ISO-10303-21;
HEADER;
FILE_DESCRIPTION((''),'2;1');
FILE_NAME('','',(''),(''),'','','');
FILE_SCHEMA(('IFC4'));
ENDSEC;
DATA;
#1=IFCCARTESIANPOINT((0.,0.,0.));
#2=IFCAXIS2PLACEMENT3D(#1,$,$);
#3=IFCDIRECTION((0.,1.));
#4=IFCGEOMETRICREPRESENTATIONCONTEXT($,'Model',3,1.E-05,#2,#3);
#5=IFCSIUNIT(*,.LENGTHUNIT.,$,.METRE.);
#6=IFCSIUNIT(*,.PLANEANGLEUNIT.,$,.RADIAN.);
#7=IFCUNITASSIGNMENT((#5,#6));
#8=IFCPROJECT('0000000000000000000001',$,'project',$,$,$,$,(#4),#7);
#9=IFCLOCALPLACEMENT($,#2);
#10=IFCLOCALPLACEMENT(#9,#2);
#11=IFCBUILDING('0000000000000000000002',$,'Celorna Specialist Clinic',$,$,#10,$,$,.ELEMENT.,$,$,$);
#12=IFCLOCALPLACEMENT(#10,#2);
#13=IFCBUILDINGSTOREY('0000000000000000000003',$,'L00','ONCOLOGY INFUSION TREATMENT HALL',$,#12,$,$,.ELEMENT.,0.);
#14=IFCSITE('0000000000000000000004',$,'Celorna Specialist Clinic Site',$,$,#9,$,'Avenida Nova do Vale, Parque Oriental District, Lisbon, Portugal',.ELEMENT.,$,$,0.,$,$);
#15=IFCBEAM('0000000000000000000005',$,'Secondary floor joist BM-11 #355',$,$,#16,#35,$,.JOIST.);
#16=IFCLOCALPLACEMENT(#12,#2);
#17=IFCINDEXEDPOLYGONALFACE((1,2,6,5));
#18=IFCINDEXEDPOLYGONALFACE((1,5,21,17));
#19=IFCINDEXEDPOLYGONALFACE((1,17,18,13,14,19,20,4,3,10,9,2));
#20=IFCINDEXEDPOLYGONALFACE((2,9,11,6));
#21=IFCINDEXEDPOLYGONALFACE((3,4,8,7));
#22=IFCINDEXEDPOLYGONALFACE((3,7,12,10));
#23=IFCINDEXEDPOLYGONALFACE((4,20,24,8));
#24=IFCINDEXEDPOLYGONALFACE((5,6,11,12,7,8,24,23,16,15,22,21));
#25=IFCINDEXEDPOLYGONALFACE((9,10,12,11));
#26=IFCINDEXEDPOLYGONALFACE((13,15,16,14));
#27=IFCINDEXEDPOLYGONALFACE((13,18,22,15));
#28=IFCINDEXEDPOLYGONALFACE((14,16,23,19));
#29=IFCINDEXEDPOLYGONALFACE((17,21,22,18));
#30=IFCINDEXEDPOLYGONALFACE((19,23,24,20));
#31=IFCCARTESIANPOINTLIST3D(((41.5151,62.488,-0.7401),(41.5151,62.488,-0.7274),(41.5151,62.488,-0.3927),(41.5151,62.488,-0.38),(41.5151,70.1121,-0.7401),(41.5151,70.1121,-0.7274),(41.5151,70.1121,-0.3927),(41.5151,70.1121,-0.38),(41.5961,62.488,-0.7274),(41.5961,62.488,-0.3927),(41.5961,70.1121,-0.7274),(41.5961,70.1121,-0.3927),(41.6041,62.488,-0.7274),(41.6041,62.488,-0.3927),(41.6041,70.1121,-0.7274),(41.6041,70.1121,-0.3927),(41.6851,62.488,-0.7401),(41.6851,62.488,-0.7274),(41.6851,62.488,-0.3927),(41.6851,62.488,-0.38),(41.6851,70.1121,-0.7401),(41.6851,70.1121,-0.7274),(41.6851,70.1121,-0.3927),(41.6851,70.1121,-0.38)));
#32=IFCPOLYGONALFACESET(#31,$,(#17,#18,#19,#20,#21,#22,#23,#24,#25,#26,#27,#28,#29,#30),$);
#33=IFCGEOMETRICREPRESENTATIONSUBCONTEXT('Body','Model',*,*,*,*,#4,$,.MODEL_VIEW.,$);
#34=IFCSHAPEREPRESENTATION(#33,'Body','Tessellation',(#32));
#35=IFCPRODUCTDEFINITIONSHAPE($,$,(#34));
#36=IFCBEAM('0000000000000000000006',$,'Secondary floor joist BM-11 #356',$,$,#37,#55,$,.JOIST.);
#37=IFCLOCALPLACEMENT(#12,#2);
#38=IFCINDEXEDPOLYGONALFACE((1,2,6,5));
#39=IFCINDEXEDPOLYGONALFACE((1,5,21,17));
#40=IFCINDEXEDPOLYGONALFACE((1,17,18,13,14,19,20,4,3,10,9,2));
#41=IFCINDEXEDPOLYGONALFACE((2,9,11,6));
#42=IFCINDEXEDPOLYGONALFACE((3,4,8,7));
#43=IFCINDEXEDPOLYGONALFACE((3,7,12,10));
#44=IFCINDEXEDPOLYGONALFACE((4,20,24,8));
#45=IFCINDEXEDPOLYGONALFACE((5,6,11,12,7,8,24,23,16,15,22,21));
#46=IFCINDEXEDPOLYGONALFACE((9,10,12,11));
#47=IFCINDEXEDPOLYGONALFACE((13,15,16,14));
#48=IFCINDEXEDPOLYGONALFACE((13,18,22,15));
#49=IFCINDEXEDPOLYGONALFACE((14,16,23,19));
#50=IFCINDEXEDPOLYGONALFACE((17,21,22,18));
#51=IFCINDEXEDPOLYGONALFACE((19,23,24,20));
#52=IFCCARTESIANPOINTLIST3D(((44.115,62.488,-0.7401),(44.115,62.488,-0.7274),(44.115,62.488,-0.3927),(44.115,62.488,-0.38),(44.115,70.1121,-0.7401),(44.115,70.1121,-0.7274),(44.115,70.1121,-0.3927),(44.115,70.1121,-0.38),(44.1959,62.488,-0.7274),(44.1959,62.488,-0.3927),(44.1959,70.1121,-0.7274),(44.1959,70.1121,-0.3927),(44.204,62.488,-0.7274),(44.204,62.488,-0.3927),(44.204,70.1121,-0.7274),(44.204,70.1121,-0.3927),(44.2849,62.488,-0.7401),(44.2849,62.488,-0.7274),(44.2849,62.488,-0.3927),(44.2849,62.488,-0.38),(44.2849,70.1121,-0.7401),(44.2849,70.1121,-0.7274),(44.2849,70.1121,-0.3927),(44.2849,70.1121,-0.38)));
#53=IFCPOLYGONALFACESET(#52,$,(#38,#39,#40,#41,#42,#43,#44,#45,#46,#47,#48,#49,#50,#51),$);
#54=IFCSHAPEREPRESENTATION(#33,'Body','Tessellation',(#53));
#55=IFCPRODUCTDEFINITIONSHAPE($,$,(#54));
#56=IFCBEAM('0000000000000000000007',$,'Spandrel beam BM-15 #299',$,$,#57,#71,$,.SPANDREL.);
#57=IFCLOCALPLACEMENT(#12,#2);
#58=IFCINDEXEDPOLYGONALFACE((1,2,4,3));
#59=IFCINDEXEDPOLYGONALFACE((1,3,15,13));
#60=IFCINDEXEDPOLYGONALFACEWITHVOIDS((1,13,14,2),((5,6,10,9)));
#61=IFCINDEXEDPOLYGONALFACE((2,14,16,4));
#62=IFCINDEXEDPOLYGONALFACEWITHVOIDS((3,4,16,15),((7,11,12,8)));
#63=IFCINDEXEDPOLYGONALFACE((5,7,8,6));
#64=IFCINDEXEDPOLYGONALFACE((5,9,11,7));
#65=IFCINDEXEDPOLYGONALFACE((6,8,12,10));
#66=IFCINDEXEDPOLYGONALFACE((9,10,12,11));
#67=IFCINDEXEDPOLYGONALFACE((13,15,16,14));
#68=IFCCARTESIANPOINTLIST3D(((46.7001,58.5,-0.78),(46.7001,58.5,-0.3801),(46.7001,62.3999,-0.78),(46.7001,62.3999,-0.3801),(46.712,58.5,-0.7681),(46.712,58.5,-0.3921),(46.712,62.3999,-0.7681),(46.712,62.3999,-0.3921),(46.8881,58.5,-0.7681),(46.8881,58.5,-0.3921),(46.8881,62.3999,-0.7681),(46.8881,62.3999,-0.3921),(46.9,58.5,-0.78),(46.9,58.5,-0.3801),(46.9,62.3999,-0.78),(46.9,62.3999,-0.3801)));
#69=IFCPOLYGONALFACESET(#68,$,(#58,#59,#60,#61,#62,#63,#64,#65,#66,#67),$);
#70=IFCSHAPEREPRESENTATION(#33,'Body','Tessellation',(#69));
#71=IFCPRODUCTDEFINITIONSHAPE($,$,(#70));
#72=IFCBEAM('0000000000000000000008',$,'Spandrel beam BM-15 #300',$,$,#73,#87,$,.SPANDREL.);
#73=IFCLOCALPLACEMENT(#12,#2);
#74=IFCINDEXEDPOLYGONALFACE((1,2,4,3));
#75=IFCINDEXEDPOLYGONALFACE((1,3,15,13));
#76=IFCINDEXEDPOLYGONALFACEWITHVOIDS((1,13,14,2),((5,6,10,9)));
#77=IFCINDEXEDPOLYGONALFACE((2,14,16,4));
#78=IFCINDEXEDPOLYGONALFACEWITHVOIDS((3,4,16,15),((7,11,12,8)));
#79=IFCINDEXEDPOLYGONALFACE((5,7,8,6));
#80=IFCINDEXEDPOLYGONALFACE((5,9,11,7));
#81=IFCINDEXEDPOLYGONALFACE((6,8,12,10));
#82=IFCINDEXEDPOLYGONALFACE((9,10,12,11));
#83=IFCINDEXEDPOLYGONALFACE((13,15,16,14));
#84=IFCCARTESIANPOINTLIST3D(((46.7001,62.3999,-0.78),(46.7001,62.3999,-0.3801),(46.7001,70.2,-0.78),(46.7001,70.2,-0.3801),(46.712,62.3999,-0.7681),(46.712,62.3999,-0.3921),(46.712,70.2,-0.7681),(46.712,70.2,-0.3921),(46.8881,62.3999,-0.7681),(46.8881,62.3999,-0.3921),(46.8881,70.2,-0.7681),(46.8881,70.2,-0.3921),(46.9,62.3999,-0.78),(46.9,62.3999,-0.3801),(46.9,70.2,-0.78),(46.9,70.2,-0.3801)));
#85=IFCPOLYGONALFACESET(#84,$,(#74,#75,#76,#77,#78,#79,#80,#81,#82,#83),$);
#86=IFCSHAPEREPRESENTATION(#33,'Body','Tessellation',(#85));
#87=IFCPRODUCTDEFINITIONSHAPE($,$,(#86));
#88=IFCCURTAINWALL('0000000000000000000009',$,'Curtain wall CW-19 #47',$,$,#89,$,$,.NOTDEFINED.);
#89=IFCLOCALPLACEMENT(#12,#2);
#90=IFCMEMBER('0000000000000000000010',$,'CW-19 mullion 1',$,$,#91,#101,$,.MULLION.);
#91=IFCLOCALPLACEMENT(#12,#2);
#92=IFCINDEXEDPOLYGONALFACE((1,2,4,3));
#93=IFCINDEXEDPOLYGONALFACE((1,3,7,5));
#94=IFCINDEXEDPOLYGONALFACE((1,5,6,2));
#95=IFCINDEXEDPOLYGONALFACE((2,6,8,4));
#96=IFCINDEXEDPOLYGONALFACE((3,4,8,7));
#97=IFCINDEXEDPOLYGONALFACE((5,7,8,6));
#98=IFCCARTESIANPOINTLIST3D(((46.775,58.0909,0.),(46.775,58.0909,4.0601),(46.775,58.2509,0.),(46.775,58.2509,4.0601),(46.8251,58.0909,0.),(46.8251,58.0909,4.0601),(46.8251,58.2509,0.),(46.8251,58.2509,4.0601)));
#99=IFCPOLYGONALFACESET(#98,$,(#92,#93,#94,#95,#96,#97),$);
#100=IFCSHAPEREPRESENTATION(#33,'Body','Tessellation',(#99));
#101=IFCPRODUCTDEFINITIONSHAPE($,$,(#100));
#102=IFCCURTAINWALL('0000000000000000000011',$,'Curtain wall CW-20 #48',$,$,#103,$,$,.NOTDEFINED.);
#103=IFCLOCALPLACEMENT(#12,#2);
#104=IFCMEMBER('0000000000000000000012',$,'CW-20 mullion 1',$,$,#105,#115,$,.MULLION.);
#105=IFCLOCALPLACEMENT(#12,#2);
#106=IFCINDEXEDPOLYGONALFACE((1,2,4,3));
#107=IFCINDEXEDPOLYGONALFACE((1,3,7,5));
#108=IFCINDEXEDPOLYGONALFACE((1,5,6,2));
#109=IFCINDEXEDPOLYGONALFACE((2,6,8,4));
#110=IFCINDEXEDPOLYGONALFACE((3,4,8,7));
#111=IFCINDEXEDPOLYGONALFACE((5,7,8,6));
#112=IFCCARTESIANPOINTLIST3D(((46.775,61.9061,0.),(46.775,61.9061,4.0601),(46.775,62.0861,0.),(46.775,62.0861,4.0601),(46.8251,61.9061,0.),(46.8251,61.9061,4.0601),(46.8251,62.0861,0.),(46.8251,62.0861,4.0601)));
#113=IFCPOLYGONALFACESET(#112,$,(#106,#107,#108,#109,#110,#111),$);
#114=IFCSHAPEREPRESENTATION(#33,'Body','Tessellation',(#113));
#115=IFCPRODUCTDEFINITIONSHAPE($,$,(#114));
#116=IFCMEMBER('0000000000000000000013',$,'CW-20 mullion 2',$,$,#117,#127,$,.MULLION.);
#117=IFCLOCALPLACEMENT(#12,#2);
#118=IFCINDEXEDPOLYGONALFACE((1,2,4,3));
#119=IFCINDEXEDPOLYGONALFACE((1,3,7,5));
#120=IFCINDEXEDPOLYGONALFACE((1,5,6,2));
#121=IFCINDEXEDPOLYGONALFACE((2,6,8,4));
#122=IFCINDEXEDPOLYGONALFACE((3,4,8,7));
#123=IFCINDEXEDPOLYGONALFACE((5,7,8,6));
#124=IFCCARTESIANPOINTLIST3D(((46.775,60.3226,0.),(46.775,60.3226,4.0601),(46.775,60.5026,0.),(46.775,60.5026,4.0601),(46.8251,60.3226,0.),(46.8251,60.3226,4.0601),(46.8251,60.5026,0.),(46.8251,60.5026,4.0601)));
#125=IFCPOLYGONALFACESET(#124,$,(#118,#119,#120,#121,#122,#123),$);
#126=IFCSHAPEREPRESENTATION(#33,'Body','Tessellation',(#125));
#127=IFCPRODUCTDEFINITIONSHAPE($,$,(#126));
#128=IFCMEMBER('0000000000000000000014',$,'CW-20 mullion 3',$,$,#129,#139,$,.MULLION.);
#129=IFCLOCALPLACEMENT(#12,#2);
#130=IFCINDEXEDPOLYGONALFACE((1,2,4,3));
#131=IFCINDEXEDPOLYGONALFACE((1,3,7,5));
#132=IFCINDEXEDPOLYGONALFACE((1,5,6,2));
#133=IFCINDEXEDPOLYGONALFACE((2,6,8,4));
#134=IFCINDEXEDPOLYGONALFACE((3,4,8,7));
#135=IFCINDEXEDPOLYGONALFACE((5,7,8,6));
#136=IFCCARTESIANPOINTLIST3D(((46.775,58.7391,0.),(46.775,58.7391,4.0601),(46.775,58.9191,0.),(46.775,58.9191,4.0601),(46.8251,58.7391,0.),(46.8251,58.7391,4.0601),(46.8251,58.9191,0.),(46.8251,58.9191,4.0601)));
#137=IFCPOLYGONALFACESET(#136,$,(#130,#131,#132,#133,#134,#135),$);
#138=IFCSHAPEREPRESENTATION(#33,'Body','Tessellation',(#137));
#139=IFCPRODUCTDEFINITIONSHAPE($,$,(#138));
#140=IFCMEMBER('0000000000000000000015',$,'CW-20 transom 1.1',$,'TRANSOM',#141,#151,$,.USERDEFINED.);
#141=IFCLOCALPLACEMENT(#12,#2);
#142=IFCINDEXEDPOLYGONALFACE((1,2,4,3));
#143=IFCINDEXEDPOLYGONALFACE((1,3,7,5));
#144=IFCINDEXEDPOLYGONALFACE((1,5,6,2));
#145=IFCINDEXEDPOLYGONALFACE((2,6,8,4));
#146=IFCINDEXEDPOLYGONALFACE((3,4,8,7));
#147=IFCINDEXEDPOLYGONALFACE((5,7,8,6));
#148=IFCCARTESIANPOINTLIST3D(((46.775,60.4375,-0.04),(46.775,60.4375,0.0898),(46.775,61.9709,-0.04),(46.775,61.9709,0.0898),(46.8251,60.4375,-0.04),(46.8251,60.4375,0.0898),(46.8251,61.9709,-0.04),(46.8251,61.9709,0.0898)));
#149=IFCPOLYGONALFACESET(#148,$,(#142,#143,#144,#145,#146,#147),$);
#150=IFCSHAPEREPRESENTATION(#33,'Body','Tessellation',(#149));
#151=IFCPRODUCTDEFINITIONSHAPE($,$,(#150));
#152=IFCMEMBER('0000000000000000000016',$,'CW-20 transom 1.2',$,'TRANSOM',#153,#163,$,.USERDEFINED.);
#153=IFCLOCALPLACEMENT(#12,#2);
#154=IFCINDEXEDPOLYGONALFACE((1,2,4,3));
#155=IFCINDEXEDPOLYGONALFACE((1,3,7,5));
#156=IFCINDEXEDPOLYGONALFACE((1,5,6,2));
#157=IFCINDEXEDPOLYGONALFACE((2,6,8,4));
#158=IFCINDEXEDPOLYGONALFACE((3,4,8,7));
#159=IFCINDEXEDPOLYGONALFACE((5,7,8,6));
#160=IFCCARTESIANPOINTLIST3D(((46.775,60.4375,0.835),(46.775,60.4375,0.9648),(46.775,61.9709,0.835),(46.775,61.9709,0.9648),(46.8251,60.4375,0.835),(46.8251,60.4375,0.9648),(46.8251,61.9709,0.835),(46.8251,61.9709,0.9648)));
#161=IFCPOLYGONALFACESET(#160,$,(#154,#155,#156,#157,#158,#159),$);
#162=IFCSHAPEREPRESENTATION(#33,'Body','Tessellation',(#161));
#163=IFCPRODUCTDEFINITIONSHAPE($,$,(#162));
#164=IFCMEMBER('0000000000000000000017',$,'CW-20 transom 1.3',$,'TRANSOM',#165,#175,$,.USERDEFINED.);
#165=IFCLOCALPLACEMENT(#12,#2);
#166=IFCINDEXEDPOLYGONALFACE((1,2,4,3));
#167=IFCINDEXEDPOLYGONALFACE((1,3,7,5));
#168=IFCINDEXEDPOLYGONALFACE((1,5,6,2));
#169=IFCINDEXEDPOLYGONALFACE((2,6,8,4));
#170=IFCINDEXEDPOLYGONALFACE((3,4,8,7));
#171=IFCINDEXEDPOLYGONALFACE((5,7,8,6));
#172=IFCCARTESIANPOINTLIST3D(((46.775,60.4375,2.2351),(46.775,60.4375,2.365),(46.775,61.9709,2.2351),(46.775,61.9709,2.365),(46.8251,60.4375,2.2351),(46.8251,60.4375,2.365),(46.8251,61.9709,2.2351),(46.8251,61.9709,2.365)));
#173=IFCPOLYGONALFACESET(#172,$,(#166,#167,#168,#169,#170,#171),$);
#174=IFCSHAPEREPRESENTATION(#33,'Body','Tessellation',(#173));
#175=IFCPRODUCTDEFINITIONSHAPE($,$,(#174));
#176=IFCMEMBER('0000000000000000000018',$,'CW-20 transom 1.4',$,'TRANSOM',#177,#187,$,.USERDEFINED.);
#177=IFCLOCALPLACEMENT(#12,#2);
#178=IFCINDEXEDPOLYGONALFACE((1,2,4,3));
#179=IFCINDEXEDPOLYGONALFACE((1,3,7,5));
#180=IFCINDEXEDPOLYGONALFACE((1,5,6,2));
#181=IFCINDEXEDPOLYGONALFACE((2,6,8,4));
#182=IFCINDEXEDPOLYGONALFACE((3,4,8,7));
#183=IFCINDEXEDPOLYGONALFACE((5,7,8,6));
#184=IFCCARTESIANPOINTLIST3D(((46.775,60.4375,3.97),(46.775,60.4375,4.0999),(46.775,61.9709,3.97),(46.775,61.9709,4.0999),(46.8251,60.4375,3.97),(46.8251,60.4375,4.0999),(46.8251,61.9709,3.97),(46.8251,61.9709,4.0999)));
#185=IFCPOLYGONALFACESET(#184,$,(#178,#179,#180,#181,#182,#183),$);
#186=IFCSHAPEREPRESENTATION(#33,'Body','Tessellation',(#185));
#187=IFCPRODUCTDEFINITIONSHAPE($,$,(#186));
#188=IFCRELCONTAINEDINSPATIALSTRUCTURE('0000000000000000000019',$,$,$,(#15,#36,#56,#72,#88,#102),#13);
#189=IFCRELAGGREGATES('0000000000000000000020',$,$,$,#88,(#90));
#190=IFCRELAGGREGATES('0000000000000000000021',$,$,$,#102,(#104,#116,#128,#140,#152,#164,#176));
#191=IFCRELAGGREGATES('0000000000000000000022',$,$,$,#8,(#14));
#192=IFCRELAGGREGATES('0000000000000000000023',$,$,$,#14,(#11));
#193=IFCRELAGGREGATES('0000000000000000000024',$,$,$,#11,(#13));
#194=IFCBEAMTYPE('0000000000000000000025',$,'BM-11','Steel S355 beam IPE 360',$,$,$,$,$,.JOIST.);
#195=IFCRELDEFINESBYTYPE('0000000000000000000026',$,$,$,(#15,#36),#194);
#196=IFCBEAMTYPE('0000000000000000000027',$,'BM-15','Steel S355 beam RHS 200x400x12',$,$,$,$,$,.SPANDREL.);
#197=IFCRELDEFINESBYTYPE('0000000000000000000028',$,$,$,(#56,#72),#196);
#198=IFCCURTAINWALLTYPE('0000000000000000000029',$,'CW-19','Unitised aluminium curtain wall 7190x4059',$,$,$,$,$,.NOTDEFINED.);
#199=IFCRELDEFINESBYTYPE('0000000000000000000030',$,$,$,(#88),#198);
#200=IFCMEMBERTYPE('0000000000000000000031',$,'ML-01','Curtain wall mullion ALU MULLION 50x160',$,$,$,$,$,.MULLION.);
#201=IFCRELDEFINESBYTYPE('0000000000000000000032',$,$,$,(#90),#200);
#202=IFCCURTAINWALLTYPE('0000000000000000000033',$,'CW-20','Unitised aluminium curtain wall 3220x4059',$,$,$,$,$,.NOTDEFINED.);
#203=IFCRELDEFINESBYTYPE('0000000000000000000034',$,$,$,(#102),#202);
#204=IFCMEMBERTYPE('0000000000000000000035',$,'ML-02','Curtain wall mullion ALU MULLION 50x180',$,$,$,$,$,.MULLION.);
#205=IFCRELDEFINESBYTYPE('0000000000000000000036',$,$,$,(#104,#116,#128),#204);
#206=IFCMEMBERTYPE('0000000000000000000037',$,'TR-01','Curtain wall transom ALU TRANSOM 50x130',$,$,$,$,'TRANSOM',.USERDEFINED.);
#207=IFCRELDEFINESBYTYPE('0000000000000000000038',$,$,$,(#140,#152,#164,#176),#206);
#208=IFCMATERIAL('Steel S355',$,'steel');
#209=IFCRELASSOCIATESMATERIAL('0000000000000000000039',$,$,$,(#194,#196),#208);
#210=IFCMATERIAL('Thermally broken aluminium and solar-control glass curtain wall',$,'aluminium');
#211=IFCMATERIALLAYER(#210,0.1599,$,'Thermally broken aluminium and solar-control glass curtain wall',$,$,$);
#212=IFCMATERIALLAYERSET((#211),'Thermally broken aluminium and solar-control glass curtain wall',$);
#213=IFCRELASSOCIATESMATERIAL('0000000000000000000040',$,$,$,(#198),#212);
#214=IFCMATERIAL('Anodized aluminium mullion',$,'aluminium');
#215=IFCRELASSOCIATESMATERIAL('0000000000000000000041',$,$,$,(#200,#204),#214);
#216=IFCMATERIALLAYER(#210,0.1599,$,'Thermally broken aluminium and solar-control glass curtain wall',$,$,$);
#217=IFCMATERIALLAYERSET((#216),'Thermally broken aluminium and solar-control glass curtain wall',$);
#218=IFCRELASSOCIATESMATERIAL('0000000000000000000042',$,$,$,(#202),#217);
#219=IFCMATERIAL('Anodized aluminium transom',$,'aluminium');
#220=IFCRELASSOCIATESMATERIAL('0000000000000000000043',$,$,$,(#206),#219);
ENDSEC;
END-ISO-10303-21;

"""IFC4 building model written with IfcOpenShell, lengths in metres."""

from ifc_helpers import new_model, si_unit, direction, frame, origin, origin_2d, place, context, subcontext, project, spatial, rectangle, hollow_rectangle, i_section, extrude, material, layer, layer_set, material_profile, profile_set, type_object, element, aggregate, save


model = new_model("IFC4")

# Units and contexts
model_context = context("Model", 3, precision=1e-05, world=origin(), true_north=direction((0.0, 1.0)))
body_context = subcontext(model_context, "Body", "Model", "MODEL_VIEW")
ifc_project = project(units=[si_unit("LENGTHUNIT", "METRE"), si_unit("PLANEANGLEUNIT", "RADIAN")], contexts=[model_context])

# Site, building, storey
site_placement = place(None, origin())
site = spatial("IfcSite", under=ifc_project, at=site_placement, Name="Celorna Specialist Clinic Site", LongName="Avenida Nova do Vale, Parque Oriental District, Lisbon, Portugal", CompositionType="ELEMENT", RefElevation=0.0)
building_placement = place(site_placement, origin())
building = spatial("IfcBuilding", under=site, at=building_placement, Name="Celorna Specialist Clinic", CompositionType="ELEMENT")
storey_placement = place(building_placement, origin())
storey = spatial("IfcBuildingStorey", under=building, at=storey_placement, Name="L00", Description="ONCOLOGY INFUSION TREATMENT HALL", CompositionType="ELEMENT", Elevation=0.0)

# Beams
ifc_material_1 = material(Name="Steel S355", Category="steel")
ifc_material_profile_1 = material_profile(ifc_material_1, i_section(OverallWidth=0.1699, OverallDepth=0.3601, WebThickness=0.0081, FlangeThickness=0.0127, at=origin_2d()), Name="IPE 360")
ifc_profile_set_1 = profile_set([ifc_material_profile_1], Name="Steel S355")
beam_type_1 = type_object("IfcBeamType", Name="BM-11", Description="Steel S355 beam IPE 360", PredefinedType="JOIST", material=ifc_profile_set_1)
for number, where, z_axis, x_axis, name in (
    (1, (41.6001, 62.488, -0.5601), (0.0, 1.0, 0.0), (-1.0, 0.0, 0.0), "Secondary floor joist BM-11 #355"),
    (2, (44.2, 62.488, -0.5601), (0.0, 1.0, 0.0), (-1.0, 0.0, 0.0), "Secondary floor joist BM-11 #356"),
):
    element("IfcBeam", number, at=place(storey_placement, frame(where, z_axis=z_axis, x_axis=x_axis)), inside=storey, type_object=beam_type_1, Name=name, PredefinedType="JOIST", context=body_context, shape_type="SweptSolid", body=[
        extrude(i_section(OverallWidth=0.1699, OverallDepth=0.3601, WebThickness=0.0081, FlangeThickness=0.0127, at=origin_2d()), origin(), (0.0, 0.0, 1.0), 7.624),
    ])
ifc_material_profile_2 = material_profile(ifc_material_1, hollow_rectangle(XDim=0.2, YDim=0.3999, WallThickness=0.012, at=origin_2d()), Name="RHS 200x400x12")
ifc_profile_set_2 = profile_set([ifc_material_profile_2], Name="Steel S355")
beam_type_2 = type_object("IfcBeamType", Name="BM-15", Description="Steel S355 beam RHS 200x400x12", PredefinedType="SPANDREL", material=ifc_profile_set_2)
beam_1_placement = place(storey_placement, frame((46.8, 58.5, -0.5801), z_axis=(0.0, 1.0, 0.0), x_axis=(-1.0, 0.0, 0.0)))
element("IfcBeam", 3, at=beam_1_placement, inside=storey, type_object=beam_type_2, Name="Spandrel beam BM-15 #299", PredefinedType="SPANDREL", context=body_context, shape_type="SweptSolid", body=[
    extrude(hollow_rectangle(XDim=0.2, YDim=0.3999, WallThickness=0.012, at=origin_2d()), origin(), (0.0, 0.0, 1.0), 3.8999),
])
beam_2_placement = place(storey_placement, frame((46.8, 62.3999, -0.5801), z_axis=(0.0, 1.0, 0.0), x_axis=(-1.0, 0.0, 0.0)))
element("IfcBeam", 4, at=beam_2_placement, inside=storey, type_object=beam_type_2, Name="Spandrel beam BM-15 #300", PredefinedType="SPANDREL", context=body_context, shape_type="SweptSolid", body=[
    extrude(hollow_rectangle(XDim=0.2, YDim=0.3999, WallThickness=0.012, at=origin_2d()), origin(), (0.0, 0.0, 1.0), 7.8),
])

# Curtain wall, member
ifc_material_2 = material(Name="Thermally broken aluminium and solar-control glass curtain wall", Category="aluminium")
ifc_layer_1 = layer(ifc_material_2, 0.1599, Name="Thermally broken aluminium and solar-control glass curtain wall")
ifc_layer_set_1 = layer_set([ifc_layer_1], Name="Thermally broken aluminium and solar-control glass curtain wall")
curtain_wall_type_1 = type_object("IfcCurtainWallType", Name="CW-19", Description="Unitised aluminium curtain wall 7190x4059", PredefinedType="NOTDEFINED", material=ifc_layer_set_1)
curtain_wall_1_placement = place(storey_placement, origin())
curtain_wall_1 = element("IfcCurtainWall", 5, at=curtain_wall_1_placement, inside=storey, type_object=curtain_wall_type_1, Name="Curtain wall CW-19 #47", PredefinedType="NOTDEFINED")
ifc_material_3 = material(Name="Anodized aluminium mullion", Category="aluminium")
ifc_material_profile_3 = material_profile(ifc_material_3, rectangle(XDim=0.05, YDim=0.1599, at=origin_2d()), Name="ALU MULLION 50x160")
ifc_profile_set_3 = profile_set([ifc_material_profile_3], Name="Anodized aluminium mullion")
member_type_1 = type_object("IfcMemberType", Name="ML-01", Description="Curtain wall mullion ALU MULLION 50x160", PredefinedType="MULLION", material=ifc_profile_set_3)
member_1_placement = place(storey_placement, frame((46.8, 58.1709, 0.0), z_axis=(0.0, 0.0, 1.0), x_axis=(1.0, 0.0, 0.0)))
member_1 = element("IfcMember", 6, at=member_1_placement, type_object=member_type_1, Name="CW-19 mullion 1", PredefinedType="MULLION", context=body_context, shape_type="SweptSolid", body=[
    extrude(rectangle(XDim=0.05, YDim=0.1599, at=origin_2d()), origin(), (0.0, 0.0, 1.0), 4.0601),
])

# Curtain wall, members
ifc_layer_2 = layer(ifc_material_2, 0.1599, Name="Thermally broken aluminium and solar-control glass curtain wall")
ifc_layer_set_2 = layer_set([ifc_layer_2], Name="Thermally broken aluminium and solar-control glass curtain wall")
curtain_wall_type_2 = type_object("IfcCurtainWallType", Name="CW-20", Description="Unitised aluminium curtain wall 3220x4059", PredefinedType="NOTDEFINED", material=ifc_layer_set_2)
curtain_wall_2_placement = place(storey_placement, origin())
curtain_wall_2 = element("IfcCurtainWall", 7, at=curtain_wall_2_placement, inside=storey, type_object=curtain_wall_type_2, Name="Curtain wall CW-20 #48", PredefinedType="NOTDEFINED")
ifc_material_profile_4 = material_profile(ifc_material_3, rectangle(XDim=0.05, YDim=0.1799, at=origin_2d()), Name="ALU MULLION 50x180")
ifc_profile_set_4 = profile_set([ifc_material_profile_4], Name="Anodized aluminium mullion")
member_type_2 = type_object("IfcMemberType", Name="ML-02", Description="Curtain wall mullion ALU MULLION 50x180", PredefinedType="MULLION", material=ifc_profile_set_4)
member_2_placement = place(storey_placement, frame((46.8, 61.9961, 0.0), z_axis=(0.0, 0.0, 1.0), x_axis=(1.0, 0.0, 0.0)))
member_2 = element("IfcMember", 8, at=member_2_placement, type_object=member_type_2, Name="CW-20 mullion 1", PredefinedType="MULLION", context=body_context, shape_type="SweptSolid", body=[
    extrude(rectangle(XDim=0.05, YDim=0.1799, at=origin_2d()), origin(), (0.0, 0.0, 1.0), 4.0601),
])
member_3_placement = place(storey_placement, frame((46.8, 60.4126, 0.0), z_axis=(0.0, 0.0, 1.0), x_axis=(1.0, 0.0, 0.0)))
member_3 = element("IfcMember", 9, at=member_3_placement, type_object=member_type_2, Name="CW-20 mullion 2", PredefinedType="MULLION", context=body_context, shape_type="SweptSolid", body=[
    extrude(rectangle(XDim=0.05, YDim=0.1799, at=origin_2d()), origin(), (0.0, 0.0, 1.0), 4.0601),
])
member_4_placement = place(storey_placement, frame((46.8, 58.8291, 0.0), z_axis=(0.0, 0.0, 1.0), x_axis=(1.0, 0.0, 0.0)))
member_4 = element("IfcMember", 10, at=member_4_placement, type_object=member_type_2, Name="CW-20 mullion 3", PredefinedType="MULLION", context=body_context, shape_type="SweptSolid", body=[
    extrude(rectangle(XDim=0.05, YDim=0.1799, at=origin_2d()), origin(), (0.0, 0.0, 1.0), 4.0601),
])
ifc_material_4 = material(Name="Anodized aluminium transom", Category="aluminium")
ifc_material_profile_5 = material_profile(ifc_material_4, rectangle(XDim=0.05, YDim=0.1299, at=origin_2d()), Name="ALU TRANSOM 50x130")
ifc_profile_set_5 = profile_set([ifc_material_profile_5], Name="Anodized aluminium transom")
member_type_3 = type_object("IfcMemberType", Name="TR-01", Description="Curtain wall transom ALU TRANSOM 50x130", ElementType="TRANSOM", PredefinedType="USERDEFINED", material=ifc_profile_set_5)
member_5_placement = place(storey_placement, frame((46.8, 61.9709, 0.0249), z_axis=(0.0, -1.0, 0.0), x_axis=(1.0, 0.0, 0.0)))
member_5 = element("IfcMember", 11, at=member_5_placement, type_object=member_type_3, Name="CW-20 transom 1.1", ObjectType="TRANSOM", PredefinedType="USERDEFINED", context=body_context, shape_type="SweptSolid", body=[
    extrude(rectangle(XDim=0.05, YDim=0.1299, at=origin_2d()), origin(), (0.0, 0.0, 1.0), 1.5334),
])
member_6_placement = place(storey_placement, frame((46.8, 61.9709, 0.8999), z_axis=(0.0, -1.0, 0.0), x_axis=(1.0, 0.0, 0.0)))
member_6 = element("IfcMember", 12, at=member_6_placement, type_object=member_type_3, Name="CW-20 transom 1.2", ObjectType="TRANSOM", PredefinedType="USERDEFINED", context=body_context, shape_type="SweptSolid", body=[
    extrude(rectangle(XDim=0.05, YDim=0.1299, at=origin_2d()), origin(), (0.0, 0.0, 1.0), 1.5334),
])
member_7_placement = place(storey_placement, frame((46.8, 61.9709, 2.3), z_axis=(0.0, -1.0, 0.0), x_axis=(1.0, 0.0, 0.0)))
member_7 = element("IfcMember", 13, at=member_7_placement, type_object=member_type_3, Name="CW-20 transom 1.3", ObjectType="TRANSOM", PredefinedType="USERDEFINED", context=body_context, shape_type="SweptSolid", body=[
    extrude(rectangle(XDim=0.05, YDim=0.1299, at=origin_2d()), origin(), (0.0, 0.0, 1.0), 1.5334),
])
member_8_placement = place(storey_placement, frame((46.8, 61.9709, 4.0349), z_axis=(0.0, -1.0, 0.0), x_axis=(1.0, 0.0, 0.0)))
member_8 = element("IfcMember", 14, at=member_8_placement, type_object=member_type_3, Name="CW-20 transom 1.4", ObjectType="TRANSOM", PredefinedType="USERDEFINED", context=body_context, shape_type="SweptSolid", body=[
    extrude(rectangle(XDim=0.05, YDim=0.1299, at=origin_2d()), origin(), (0.0, 0.0, 1.0), 1.5334),
])

aggregate(curtain_wall_1, [member_1])

aggregate(curtain_wall_2, [member_2, member_3, member_4, member_5, member_6, member_7, member_8])

save(model, "model.ifc")
